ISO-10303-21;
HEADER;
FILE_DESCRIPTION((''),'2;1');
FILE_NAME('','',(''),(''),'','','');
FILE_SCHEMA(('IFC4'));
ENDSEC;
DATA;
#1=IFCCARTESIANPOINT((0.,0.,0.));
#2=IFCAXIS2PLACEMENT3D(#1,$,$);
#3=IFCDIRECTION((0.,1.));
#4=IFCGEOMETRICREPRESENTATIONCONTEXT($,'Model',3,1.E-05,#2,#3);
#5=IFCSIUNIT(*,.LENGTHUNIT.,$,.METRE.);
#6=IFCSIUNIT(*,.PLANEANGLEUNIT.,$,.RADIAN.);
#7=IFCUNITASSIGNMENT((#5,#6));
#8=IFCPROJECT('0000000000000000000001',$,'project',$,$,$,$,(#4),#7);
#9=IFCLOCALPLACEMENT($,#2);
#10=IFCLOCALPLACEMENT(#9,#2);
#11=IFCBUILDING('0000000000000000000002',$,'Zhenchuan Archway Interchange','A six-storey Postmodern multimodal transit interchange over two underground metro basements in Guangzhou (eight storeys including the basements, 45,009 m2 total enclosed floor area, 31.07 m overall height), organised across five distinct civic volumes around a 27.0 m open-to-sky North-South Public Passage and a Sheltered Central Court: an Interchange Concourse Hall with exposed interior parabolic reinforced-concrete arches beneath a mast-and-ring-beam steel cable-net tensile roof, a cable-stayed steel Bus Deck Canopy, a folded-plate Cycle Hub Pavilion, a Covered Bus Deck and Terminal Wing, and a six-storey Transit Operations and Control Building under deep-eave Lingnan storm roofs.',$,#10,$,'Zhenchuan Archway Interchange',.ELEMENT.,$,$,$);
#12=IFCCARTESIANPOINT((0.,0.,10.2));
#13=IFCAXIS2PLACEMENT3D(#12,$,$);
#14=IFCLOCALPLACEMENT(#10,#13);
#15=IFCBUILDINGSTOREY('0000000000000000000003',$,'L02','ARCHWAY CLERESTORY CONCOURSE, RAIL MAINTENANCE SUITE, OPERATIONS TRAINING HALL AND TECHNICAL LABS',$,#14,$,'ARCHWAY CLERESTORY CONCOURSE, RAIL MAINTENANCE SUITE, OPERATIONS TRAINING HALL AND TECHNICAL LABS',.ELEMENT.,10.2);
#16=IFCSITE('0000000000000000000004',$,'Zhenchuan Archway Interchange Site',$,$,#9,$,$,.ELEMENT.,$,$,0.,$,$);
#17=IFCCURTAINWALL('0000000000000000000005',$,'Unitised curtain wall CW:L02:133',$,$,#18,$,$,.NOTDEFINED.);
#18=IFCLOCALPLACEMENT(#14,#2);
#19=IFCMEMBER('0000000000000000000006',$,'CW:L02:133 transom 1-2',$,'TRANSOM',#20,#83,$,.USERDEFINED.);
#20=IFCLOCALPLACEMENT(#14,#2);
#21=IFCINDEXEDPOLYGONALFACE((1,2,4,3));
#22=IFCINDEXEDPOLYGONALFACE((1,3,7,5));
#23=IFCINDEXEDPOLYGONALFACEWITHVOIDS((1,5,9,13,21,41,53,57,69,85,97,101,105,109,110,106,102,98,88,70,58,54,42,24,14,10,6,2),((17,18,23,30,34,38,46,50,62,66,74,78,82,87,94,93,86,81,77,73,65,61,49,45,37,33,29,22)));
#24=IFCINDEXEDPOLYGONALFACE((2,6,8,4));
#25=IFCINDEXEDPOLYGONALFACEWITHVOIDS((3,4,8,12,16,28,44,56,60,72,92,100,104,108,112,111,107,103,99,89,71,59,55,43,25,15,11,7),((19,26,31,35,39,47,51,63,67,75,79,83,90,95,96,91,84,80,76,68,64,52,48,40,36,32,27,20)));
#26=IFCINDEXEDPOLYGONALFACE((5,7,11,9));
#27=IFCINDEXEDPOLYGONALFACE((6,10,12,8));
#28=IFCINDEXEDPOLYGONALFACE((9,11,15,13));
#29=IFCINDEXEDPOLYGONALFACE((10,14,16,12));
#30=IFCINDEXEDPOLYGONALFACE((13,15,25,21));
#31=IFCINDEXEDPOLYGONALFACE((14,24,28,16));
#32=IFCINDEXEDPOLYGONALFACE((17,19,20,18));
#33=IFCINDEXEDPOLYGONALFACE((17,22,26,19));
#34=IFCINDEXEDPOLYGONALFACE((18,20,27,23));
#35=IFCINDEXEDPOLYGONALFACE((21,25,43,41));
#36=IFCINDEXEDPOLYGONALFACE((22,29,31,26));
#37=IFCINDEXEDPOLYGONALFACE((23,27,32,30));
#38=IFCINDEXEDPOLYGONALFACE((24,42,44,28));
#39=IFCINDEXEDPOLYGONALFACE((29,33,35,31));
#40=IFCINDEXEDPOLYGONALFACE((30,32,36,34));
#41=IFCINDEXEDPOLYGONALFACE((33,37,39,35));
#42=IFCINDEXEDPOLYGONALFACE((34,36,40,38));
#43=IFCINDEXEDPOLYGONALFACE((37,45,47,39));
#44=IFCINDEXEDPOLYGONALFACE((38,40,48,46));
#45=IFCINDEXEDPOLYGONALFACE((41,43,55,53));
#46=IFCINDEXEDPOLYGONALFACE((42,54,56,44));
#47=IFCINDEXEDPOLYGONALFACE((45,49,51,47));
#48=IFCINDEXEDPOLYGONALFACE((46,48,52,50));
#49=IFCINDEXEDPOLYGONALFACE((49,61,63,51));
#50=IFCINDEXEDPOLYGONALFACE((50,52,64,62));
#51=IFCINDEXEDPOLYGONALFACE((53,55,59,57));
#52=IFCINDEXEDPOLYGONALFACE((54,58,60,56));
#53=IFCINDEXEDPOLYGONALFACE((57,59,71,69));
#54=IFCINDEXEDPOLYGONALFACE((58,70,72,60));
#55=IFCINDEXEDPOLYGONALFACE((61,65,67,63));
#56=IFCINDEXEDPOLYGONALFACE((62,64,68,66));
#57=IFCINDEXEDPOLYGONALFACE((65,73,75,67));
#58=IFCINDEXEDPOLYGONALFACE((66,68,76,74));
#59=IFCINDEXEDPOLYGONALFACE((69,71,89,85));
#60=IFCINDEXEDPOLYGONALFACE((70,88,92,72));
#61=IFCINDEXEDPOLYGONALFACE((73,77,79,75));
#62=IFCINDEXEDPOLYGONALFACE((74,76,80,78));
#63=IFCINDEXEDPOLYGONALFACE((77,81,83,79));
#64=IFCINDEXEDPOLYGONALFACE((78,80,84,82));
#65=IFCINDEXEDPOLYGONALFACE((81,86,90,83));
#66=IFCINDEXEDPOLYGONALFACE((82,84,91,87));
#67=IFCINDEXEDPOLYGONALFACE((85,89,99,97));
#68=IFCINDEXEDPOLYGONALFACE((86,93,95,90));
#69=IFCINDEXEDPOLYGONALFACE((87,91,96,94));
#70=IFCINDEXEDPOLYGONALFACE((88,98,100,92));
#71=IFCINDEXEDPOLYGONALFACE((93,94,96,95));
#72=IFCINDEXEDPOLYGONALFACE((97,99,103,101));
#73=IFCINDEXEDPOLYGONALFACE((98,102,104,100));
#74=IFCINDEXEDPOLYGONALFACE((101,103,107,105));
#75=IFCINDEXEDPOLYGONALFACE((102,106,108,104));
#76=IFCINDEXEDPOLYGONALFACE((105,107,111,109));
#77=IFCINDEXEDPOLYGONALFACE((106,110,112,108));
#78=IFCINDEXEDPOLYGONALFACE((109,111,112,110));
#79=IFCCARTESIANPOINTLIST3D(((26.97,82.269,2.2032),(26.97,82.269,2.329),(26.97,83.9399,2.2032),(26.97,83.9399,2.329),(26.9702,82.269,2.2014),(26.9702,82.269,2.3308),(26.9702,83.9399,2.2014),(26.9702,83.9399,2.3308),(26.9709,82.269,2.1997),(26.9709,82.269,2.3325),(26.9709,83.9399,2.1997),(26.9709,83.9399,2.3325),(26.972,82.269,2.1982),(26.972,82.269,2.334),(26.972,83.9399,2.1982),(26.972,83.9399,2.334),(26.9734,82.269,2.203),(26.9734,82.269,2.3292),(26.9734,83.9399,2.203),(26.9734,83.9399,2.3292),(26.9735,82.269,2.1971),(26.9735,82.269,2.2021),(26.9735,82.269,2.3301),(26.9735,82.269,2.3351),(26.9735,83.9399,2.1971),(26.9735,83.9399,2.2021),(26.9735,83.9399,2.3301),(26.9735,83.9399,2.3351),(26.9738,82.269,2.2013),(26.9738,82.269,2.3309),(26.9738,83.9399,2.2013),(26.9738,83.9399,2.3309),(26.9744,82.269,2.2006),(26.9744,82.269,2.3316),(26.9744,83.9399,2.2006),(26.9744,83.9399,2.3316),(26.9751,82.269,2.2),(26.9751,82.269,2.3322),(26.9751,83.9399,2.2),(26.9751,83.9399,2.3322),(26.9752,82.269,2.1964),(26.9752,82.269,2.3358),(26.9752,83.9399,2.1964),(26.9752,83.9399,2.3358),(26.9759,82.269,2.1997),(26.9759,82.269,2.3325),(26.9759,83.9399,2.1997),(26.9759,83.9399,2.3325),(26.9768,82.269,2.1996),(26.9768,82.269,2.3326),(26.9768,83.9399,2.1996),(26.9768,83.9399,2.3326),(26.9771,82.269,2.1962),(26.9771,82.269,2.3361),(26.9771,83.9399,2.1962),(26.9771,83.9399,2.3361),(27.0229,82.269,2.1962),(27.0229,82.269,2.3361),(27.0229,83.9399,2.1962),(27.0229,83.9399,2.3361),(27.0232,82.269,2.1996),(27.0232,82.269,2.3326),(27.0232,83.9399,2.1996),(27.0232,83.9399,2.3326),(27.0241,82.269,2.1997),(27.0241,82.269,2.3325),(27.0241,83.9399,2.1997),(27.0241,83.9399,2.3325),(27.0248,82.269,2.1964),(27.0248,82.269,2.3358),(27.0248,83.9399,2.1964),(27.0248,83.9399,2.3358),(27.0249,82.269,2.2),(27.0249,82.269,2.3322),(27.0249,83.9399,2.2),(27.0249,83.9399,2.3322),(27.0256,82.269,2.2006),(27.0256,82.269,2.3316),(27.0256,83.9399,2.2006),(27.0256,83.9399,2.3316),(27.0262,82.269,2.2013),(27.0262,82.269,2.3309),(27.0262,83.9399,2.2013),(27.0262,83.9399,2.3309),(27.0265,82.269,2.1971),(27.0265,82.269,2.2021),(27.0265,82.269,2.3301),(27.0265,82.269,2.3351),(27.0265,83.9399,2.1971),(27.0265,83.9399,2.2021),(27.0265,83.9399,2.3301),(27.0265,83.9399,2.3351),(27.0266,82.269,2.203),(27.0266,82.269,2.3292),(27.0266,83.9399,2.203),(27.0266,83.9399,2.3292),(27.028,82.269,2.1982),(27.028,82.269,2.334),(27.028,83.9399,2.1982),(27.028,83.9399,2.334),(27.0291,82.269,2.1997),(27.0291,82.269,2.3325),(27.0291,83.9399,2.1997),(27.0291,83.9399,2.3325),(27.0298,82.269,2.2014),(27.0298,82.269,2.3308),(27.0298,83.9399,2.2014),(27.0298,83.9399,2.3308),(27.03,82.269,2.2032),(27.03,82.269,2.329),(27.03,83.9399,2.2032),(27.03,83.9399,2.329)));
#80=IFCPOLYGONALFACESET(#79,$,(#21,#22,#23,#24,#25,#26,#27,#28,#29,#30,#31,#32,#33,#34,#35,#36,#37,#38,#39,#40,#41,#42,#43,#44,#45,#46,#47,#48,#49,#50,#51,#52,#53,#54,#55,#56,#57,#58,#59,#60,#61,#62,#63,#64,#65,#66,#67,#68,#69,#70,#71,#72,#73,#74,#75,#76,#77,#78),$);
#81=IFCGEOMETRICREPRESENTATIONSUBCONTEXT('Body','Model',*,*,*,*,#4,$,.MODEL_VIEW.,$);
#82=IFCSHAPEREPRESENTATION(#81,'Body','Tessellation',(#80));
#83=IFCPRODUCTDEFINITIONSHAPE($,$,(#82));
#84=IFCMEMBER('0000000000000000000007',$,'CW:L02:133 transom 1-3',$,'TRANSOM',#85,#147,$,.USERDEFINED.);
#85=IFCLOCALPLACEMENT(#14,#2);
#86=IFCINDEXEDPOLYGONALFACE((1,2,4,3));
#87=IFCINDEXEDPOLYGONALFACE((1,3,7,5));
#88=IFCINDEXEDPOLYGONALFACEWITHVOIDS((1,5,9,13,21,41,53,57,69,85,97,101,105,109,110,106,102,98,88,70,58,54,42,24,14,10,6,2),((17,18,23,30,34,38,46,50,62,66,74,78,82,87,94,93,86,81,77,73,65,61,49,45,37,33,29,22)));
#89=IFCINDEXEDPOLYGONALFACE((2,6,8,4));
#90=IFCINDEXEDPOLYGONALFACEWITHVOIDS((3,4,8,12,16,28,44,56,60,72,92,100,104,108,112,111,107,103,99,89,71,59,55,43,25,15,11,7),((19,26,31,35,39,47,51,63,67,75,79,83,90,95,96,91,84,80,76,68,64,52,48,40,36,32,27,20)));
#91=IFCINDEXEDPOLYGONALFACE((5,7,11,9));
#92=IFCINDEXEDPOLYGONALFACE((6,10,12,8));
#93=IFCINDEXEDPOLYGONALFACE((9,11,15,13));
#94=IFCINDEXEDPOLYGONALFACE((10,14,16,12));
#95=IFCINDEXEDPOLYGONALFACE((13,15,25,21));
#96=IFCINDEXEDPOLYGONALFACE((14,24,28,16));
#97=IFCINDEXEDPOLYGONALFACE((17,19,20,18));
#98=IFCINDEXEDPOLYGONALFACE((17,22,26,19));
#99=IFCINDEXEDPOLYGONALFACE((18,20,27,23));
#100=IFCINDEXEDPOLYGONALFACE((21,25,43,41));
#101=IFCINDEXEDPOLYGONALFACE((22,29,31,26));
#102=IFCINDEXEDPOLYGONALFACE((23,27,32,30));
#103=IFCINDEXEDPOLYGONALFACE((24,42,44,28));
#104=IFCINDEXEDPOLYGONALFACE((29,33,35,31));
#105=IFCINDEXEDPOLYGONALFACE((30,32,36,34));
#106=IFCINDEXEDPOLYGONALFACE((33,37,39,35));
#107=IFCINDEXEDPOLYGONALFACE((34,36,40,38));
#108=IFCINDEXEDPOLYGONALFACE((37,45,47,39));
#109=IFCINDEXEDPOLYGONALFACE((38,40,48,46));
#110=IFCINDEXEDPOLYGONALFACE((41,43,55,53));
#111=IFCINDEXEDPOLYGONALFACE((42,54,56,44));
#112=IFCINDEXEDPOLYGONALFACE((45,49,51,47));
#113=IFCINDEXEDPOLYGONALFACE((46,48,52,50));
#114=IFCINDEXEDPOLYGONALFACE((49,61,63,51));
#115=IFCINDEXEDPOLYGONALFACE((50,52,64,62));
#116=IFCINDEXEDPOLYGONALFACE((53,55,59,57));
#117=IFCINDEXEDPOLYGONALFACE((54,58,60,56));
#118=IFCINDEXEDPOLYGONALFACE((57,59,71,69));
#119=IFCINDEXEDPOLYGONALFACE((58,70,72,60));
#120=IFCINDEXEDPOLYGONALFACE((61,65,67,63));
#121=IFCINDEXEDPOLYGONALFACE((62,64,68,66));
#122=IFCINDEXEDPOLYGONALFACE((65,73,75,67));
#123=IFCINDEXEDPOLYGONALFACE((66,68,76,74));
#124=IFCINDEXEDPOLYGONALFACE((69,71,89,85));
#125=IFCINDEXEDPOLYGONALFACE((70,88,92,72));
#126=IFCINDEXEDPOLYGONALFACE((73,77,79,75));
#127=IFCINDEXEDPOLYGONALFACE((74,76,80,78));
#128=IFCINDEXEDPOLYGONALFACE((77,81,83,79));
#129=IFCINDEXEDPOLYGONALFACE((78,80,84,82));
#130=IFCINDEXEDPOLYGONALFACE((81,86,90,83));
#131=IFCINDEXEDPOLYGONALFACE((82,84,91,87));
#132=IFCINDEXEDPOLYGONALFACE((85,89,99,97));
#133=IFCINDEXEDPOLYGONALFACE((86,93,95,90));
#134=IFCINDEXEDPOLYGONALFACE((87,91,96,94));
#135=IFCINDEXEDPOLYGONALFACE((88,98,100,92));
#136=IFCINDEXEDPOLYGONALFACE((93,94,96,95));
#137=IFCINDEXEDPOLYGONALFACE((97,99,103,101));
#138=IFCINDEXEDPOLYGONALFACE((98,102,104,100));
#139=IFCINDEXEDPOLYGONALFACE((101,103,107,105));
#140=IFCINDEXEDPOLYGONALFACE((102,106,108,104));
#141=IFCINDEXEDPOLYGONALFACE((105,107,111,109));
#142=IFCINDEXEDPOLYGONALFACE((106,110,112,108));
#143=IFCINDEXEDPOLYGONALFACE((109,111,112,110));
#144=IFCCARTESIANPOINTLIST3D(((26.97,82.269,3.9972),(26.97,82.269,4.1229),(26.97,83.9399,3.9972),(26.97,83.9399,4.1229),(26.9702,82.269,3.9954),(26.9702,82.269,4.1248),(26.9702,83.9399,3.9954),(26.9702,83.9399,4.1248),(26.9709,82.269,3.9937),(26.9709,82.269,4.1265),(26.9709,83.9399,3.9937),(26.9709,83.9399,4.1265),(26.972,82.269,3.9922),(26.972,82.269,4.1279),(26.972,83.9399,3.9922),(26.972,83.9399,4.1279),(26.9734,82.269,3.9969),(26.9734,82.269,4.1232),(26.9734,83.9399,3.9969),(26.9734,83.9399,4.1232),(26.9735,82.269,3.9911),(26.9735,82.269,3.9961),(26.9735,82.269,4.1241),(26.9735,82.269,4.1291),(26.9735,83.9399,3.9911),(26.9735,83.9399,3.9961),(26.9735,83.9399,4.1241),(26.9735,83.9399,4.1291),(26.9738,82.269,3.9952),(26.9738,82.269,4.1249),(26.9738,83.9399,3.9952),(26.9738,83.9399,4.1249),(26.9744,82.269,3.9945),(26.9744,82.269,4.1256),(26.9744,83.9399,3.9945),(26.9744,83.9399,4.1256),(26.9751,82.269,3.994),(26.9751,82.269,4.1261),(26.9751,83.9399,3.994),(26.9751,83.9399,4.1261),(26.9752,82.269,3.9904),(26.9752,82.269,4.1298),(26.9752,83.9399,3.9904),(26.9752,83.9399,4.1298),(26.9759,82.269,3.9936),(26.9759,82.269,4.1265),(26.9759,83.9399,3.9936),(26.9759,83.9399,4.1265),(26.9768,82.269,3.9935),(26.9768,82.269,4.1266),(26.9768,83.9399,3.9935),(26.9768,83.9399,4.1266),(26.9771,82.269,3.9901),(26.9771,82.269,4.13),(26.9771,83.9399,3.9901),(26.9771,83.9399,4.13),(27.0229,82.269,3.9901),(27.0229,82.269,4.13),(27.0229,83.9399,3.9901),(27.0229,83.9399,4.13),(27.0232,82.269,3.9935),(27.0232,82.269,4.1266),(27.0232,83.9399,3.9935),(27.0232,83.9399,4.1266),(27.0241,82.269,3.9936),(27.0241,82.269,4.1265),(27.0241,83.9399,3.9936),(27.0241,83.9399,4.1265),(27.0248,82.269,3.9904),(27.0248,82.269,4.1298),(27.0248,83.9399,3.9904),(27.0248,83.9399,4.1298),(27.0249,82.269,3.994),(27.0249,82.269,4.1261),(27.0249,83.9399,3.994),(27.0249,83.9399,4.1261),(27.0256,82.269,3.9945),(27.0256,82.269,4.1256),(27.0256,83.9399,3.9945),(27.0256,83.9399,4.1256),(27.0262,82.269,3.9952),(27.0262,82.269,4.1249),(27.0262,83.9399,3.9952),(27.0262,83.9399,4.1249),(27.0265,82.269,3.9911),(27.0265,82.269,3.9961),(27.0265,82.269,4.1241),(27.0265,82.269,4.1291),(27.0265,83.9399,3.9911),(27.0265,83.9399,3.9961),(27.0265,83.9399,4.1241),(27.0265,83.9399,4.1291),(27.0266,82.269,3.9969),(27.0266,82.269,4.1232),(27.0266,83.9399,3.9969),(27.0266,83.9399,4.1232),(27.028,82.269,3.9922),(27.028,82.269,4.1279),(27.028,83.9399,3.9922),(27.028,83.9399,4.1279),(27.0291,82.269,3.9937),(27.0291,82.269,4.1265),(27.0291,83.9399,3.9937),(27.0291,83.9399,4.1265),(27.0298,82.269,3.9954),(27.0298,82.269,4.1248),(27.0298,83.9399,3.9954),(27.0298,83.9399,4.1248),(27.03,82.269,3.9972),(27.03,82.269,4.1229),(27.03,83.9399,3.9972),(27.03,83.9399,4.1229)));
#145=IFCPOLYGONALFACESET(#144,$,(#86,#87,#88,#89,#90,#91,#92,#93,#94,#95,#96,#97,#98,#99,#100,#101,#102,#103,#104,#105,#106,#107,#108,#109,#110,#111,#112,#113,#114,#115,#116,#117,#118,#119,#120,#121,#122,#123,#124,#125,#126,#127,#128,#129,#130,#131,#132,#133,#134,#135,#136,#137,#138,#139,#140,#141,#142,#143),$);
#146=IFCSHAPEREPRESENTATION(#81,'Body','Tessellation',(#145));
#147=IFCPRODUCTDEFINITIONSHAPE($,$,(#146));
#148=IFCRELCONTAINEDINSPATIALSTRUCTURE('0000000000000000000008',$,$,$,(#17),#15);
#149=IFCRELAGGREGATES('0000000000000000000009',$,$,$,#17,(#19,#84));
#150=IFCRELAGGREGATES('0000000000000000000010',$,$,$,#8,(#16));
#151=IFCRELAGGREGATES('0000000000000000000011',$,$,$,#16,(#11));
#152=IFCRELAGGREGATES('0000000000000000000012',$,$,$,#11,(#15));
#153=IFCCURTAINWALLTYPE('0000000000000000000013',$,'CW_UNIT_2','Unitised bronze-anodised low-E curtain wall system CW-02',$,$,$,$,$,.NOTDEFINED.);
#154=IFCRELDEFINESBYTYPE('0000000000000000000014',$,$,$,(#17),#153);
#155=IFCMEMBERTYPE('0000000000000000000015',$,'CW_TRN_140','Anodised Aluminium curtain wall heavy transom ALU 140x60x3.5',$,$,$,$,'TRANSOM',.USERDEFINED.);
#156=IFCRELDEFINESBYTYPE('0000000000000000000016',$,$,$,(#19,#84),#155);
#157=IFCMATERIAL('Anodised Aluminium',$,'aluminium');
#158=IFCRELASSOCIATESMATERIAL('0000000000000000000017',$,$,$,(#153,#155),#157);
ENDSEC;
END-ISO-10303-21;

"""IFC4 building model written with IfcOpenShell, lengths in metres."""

from ifc_helpers import new_model, si_unit, direction, frame, origin, origin_2d, place, context, subcontext, project, spatial, hollow_rectangle, extrude, material, material_profile, profile_set, type_object, element, aggregate, save


model = new_model("IFC4")

# Units and contexts
model_context = context("Model", 3, precision=1e-05, world=origin(), true_north=direction((0.0, 1.0)))
body_context = subcontext(model_context, "Body", "Model", "MODEL_VIEW")
ifc_project = project(units=[si_unit("LENGTHUNIT", "METRE"), si_unit("PLANEANGLEUNIT", "RADIAN")], contexts=[model_context])

# Site, building, storey
site_placement = place(None, origin())
site = spatial("IfcSite", under=ifc_project, at=site_placement, Name="Zhenchuan Archway Interchange Site", CompositionType="ELEMENT", RefElevation=0.0)
building_placement = place(site_placement, origin())
building = spatial("IfcBuilding", under=site, at=building_placement, Name="Zhenchuan Archway Interchange", Description="A six-storey Postmodern multimodal transit interchange over two underground metro basements in Guangzhou (eight storeys including the basements, 45,009 m2 total enclosed floor area, 31.07 m overall height), organised across five distinct civic volumes around a 27.0 m open-to-sky North-South Public Passage and a Sheltered Central Court: an Interchange Concourse Hall with exposed interior parabolic reinforced-concrete arches beneath a mast-and-ring-beam steel cable-net tensile roof, a cable-stayed steel Bus Deck Canopy, a folded-plate Cycle Hub Pavilion, a Covered Bus Deck and Terminal Wing, and a six-storey Transit Operations and Control Building under deep-eave Lingnan storm roofs.", LongName="Zhenchuan Archway Interchange", CompositionType="ELEMENT")
storey_placement = place(building_placement, frame((0.0, 0.0, 10.2)))
storey = spatial("IfcBuildingStorey", under=building, at=storey_placement, Name="L02", Description="ARCHWAY CLERESTORY CONCOURSE, RAIL MAINTENANCE SUITE, OPERATIONS TRAINING HALL AND TECHNICAL LABS", LongName="ARCHWAY CLERESTORY CONCOURSE, RAIL MAINTENANCE SUITE, OPERATIONS TRAINING HALL AND TECHNICAL LABS", CompositionType="ELEMENT", Elevation=10.2)

# Curtain wall, members
ifc_material_1 = material(Name="Anodised Aluminium", Category="aluminium")
curtain_wall_type = type_object("IfcCurtainWallType", Name="CW_UNIT_2", Description="Unitised bronze-anodised low-E curtain wall system CW-02", PredefinedType="NOTDEFINED", material=ifc_material_1)
curtain_wall_placement = place(storey_placement, origin())
curtain_wall = element("IfcCurtainWall", 1, at=curtain_wall_placement, inside=storey, type_object=curtain_wall_type, Name="Unitised curtain wall CW:L02:133", PredefinedType="NOTDEFINED")
ifc_material_profile_1 = material_profile(ifc_material_1, hollow_rectangle(XDim=0.0601, YDim=0.1399, WallThickness=0.0034, InnerFilletRadius=0.0034, OuterFilletRadius=0.0071, at=origin_2d()), Name="ALU 140x60x3.5")
ifc_profile_set_1 = profile_set([ifc_material_profile_1], Name="Anodised Aluminium")
member_type_1 = type_object("IfcMemberType", Name="CW_TRN_140", Description="Anodised Aluminium curtain wall heavy transom ALU 140x60x3.5", ElementType="TRANSOM", PredefinedType="USERDEFINED", material=ifc_profile_set_1)
member_1_placement = place(storey_placement, frame((27.0, 82.269, 2.2661), z_axis=(0.0, 1.0, 0.0), x_axis=(-1.0, 0.0, 0.0)))
member_1 = element("IfcMember", 2, at=member_1_placement, type_object=member_type_1, Name="CW:L02:133 transom 1-2", ObjectType="TRANSOM", PredefinedType="USERDEFINED", context=body_context, shape_type="SweptSolid", body=[
    extrude(hollow_rectangle(XDim=0.0601, YDim=0.1399, WallThickness=0.0034, InnerFilletRadius=0.0034, OuterFilletRadius=0.0071, at=origin_2d()), origin(), (0.0, 0.0, 1.0), 1.6709),
])
member_2_placement = place(storey_placement, frame((27.0, 82.269, 4.0601), z_axis=(0.0, 1.0, 0.0), x_axis=(-1.0, 0.0, 0.0)))
member_2 = element("IfcMember", 3, at=member_2_placement, type_object=member_type_1, Name="CW:L02:133 transom 1-3", ObjectType="TRANSOM", PredefinedType="USERDEFINED", context=body_context, shape_type="SweptSolid", body=[
    extrude(hollow_rectangle(XDim=0.0601, YDim=0.1399, WallThickness=0.0034, InnerFilletRadius=0.0034, OuterFilletRadius=0.0071, at=origin_2d()), origin(), (0.0, 0.0, 1.0), 1.6709),
])

aggregate(curtain_wall, [member_1, member_2])

save(model, "model.ifc")
